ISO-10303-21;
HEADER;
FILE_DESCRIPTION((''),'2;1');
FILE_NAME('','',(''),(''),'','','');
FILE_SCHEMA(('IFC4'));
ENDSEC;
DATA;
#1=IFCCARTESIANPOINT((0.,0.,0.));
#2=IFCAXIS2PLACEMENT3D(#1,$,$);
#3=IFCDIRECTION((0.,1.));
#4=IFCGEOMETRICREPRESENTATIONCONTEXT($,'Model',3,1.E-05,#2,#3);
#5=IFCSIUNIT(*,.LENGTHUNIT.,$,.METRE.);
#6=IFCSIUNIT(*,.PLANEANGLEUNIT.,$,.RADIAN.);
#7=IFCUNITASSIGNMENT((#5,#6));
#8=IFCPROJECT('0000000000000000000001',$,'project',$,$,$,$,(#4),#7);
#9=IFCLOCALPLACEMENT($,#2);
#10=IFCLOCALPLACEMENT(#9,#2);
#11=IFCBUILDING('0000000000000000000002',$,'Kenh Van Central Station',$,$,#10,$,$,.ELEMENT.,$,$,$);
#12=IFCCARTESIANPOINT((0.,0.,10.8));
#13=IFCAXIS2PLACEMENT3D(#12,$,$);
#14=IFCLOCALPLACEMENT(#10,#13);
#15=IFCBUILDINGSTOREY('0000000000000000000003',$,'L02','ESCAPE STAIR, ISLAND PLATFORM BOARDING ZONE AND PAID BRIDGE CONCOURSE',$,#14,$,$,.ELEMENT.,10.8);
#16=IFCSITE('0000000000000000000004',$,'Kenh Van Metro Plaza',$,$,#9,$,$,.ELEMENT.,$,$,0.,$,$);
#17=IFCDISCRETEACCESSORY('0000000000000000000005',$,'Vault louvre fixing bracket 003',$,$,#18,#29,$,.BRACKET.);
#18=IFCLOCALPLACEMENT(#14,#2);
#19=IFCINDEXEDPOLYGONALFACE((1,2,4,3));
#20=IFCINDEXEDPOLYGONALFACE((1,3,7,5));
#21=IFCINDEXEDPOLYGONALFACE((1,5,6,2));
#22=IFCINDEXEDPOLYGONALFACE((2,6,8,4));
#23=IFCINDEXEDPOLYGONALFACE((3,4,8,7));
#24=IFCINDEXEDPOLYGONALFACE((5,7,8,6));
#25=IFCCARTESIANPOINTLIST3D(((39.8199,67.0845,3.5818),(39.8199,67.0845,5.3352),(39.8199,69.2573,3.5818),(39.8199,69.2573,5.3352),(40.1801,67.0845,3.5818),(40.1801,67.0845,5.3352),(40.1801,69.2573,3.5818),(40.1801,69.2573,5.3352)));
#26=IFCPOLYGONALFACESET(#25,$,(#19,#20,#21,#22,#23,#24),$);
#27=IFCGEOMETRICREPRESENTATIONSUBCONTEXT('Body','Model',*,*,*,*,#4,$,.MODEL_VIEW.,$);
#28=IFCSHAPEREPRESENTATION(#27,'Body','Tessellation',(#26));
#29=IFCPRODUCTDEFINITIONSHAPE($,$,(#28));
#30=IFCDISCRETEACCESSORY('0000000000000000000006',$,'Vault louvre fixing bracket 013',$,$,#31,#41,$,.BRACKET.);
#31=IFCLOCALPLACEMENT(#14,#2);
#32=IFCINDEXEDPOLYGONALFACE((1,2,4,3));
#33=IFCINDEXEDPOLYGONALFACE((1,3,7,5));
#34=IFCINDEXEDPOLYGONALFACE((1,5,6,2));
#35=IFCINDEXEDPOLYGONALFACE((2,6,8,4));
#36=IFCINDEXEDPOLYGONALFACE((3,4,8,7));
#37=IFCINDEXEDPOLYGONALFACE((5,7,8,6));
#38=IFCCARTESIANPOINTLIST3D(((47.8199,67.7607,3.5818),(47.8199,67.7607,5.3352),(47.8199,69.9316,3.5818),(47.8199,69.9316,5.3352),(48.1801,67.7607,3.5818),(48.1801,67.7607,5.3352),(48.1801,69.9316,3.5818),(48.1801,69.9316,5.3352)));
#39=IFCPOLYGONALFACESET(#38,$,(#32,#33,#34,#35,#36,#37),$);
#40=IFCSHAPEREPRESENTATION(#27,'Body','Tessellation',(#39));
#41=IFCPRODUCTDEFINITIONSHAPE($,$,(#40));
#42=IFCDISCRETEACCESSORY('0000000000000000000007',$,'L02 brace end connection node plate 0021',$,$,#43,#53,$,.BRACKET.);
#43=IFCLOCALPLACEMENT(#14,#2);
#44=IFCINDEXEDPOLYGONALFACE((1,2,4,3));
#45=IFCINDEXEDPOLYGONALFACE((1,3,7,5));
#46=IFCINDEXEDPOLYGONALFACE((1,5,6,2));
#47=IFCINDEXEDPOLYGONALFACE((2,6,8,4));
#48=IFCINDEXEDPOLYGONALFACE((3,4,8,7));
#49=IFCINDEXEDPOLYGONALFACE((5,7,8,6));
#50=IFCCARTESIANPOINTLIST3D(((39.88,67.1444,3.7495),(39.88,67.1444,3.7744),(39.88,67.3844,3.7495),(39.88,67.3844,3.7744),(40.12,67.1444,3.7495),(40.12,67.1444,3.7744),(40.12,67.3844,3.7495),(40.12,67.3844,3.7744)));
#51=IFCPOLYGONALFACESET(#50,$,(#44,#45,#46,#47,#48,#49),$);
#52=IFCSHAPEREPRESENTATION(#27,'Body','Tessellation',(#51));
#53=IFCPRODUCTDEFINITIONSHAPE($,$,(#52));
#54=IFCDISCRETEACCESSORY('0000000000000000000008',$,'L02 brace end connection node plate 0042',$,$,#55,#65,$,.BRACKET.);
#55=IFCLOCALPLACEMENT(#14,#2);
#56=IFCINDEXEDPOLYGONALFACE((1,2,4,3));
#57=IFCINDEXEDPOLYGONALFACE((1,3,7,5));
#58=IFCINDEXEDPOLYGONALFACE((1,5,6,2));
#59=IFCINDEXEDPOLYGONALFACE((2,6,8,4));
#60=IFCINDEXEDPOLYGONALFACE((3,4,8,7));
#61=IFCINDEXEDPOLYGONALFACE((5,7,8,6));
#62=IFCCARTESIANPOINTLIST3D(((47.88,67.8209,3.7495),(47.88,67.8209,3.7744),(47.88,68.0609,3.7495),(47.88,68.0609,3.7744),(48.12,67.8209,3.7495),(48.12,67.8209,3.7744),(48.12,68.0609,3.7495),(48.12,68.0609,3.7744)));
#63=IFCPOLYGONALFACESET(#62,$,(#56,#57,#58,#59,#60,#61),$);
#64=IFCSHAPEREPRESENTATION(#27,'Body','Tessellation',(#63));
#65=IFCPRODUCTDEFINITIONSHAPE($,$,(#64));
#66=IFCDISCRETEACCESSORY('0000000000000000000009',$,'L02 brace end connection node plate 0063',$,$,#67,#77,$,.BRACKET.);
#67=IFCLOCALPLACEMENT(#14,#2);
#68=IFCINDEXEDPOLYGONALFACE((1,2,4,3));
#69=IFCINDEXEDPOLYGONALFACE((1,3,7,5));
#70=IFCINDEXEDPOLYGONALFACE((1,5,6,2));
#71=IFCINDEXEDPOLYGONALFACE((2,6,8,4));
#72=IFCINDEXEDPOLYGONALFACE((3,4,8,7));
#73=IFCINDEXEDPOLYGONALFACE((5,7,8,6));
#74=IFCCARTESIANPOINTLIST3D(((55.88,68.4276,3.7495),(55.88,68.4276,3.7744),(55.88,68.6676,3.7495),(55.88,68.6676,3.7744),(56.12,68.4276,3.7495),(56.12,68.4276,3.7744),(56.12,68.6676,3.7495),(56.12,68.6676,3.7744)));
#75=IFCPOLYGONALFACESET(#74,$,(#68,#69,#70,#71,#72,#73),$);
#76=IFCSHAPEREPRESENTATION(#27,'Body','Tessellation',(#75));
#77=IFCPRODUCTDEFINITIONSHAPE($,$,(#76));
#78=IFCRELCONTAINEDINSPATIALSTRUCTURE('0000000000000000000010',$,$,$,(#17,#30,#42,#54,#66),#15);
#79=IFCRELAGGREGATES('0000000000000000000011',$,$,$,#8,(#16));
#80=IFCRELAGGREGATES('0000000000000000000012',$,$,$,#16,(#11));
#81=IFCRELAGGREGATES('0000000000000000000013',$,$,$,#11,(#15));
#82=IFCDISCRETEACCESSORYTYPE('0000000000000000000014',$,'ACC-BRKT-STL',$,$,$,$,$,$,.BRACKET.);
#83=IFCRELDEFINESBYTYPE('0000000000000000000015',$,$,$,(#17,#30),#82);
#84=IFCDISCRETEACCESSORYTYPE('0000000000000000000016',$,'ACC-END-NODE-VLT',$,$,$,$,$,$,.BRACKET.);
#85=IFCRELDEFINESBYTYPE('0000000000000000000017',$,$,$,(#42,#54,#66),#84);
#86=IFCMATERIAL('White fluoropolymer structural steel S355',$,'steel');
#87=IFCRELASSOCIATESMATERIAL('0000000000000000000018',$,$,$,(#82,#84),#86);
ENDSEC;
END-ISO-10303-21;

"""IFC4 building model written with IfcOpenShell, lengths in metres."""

from ifc_helpers import new_model, si_unit, direction, frame, origin, origin_2d, place, context, subcontext, project, spatial, rectangle, extrude, material, type_object, element, save


model = new_model("IFC4")

# Units and contexts
model_context = context("Model", 3, precision=1e-05, world=origin(), true_north=direction((0.0, 1.0)))
body_context = subcontext(model_context, "Body", "Model", "MODEL_VIEW")
ifc_project = project(units=[si_unit("LENGTHUNIT", "METRE"), si_unit("PLANEANGLEUNIT", "RADIAN")], contexts=[model_context])

# Site, building, storey
site_placement = place(None, origin())
site = spatial("IfcSite", under=ifc_project, at=site_placement, Name="Kenh Van Metro Plaza", CompositionType="ELEMENT", RefElevation=0.0)
building_placement = place(site_placement, origin())
building = spatial("IfcBuilding", under=site, at=building_placement, Name="Kenh Van Central Station", CompositionType="ELEMENT")
storey_placement = place(building_placement, frame((0.0, 0.0, 10.8)))
storey = spatial("IfcBuildingStorey", under=building, at=storey_placement, Name="L02", Description="ESCAPE STAIR, ISLAND PLATFORM BOARDING ZONE AND PAID BRIDGE CONCOURSE", CompositionType="ELEMENT", Elevation=10.8)

# Shared definitions
ifc_material_1 = material(Name="White fluoropolymer structural steel S355", Category="steel")

# Discrete accessories
discrete_accessory_type_1 = type_object("IfcDiscreteAccessoryType", Name="ACC-BRKT-STL", PredefinedType="BRACKET", material=ifc_material_1)
discrete_accessory_1_placement = place(storey_placement, frame((40.0, 68.1709, 3.5818), z_axis=(0.0, 0.0, 1.0), x_axis=(1.0, 0.0, 0.0)))
element("IfcDiscreteAccessory", 1, at=discrete_accessory_1_placement, inside=storey, type_object=discrete_accessory_type_1, Name="Vault louvre fixing bracket 003", PredefinedType="BRACKET", context=body_context, shape_type="SweptSolid", body=[
    extrude(rectangle(XDim=0.3601, YDim=2.1729, at=origin_2d()), origin(), (0.0, 0.0, 1.0), 1.7534),
])
discrete_accessory_2_placement = place(storey_placement, frame((48.0, 68.8462, 3.5818), z_axis=(0.0, 0.0, 1.0), x_axis=(1.0, 0.0, 0.0)))
element("IfcDiscreteAccessory", 2, at=discrete_accessory_2_placement, inside=storey, type_object=discrete_accessory_type_1, Name="Vault louvre fixing bracket 013", PredefinedType="BRACKET", context=body_context, shape_type="SweptSolid", body=[
    extrude(rectangle(XDim=0.3601, YDim=2.1709, at=origin_2d()), origin(), (0.0, 0.0, 1.0), 1.7534),
])
discrete_accessory_type_2 = type_object("IfcDiscreteAccessoryType", Name="ACC-END-NODE-VLT", PredefinedType="BRACKET", material=ifc_material_1)
for number, where, z_axis, x_axis, name in (
    (3, (40.0, 67.2644, 3.7495), (0.0, 0.0, 1.0), (1.0, 0.0, 0.0), "L02 brace end connection node plate 0021"),
    (4, (48.0, 67.9409, 3.7495), (0.0, 0.0, 1.0), (1.0, 0.0, 0.0), "L02 brace end connection node plate 0042"),
    (5, (56.0, 68.5476, 3.7495), (0.0, 0.0, 1.0), (1.0, 0.0, 0.0), "L02 brace end connection node plate 0063"),
):
    element("IfcDiscreteAccessory", number, at=place(storey_placement, frame(where, z_axis=z_axis, x_axis=x_axis)), inside=storey, type_object=discrete_accessory_type_2, Name=name, PredefinedType="BRACKET", context=body_context, shape_type="SweptSolid", body=[
        extrude(rectangle(XDim=0.24, YDim=0.24, at=origin_2d()), origin(), (0.0, 0.0, 1.0), 0.0249),
    ])

save(model, "model.ifc")
